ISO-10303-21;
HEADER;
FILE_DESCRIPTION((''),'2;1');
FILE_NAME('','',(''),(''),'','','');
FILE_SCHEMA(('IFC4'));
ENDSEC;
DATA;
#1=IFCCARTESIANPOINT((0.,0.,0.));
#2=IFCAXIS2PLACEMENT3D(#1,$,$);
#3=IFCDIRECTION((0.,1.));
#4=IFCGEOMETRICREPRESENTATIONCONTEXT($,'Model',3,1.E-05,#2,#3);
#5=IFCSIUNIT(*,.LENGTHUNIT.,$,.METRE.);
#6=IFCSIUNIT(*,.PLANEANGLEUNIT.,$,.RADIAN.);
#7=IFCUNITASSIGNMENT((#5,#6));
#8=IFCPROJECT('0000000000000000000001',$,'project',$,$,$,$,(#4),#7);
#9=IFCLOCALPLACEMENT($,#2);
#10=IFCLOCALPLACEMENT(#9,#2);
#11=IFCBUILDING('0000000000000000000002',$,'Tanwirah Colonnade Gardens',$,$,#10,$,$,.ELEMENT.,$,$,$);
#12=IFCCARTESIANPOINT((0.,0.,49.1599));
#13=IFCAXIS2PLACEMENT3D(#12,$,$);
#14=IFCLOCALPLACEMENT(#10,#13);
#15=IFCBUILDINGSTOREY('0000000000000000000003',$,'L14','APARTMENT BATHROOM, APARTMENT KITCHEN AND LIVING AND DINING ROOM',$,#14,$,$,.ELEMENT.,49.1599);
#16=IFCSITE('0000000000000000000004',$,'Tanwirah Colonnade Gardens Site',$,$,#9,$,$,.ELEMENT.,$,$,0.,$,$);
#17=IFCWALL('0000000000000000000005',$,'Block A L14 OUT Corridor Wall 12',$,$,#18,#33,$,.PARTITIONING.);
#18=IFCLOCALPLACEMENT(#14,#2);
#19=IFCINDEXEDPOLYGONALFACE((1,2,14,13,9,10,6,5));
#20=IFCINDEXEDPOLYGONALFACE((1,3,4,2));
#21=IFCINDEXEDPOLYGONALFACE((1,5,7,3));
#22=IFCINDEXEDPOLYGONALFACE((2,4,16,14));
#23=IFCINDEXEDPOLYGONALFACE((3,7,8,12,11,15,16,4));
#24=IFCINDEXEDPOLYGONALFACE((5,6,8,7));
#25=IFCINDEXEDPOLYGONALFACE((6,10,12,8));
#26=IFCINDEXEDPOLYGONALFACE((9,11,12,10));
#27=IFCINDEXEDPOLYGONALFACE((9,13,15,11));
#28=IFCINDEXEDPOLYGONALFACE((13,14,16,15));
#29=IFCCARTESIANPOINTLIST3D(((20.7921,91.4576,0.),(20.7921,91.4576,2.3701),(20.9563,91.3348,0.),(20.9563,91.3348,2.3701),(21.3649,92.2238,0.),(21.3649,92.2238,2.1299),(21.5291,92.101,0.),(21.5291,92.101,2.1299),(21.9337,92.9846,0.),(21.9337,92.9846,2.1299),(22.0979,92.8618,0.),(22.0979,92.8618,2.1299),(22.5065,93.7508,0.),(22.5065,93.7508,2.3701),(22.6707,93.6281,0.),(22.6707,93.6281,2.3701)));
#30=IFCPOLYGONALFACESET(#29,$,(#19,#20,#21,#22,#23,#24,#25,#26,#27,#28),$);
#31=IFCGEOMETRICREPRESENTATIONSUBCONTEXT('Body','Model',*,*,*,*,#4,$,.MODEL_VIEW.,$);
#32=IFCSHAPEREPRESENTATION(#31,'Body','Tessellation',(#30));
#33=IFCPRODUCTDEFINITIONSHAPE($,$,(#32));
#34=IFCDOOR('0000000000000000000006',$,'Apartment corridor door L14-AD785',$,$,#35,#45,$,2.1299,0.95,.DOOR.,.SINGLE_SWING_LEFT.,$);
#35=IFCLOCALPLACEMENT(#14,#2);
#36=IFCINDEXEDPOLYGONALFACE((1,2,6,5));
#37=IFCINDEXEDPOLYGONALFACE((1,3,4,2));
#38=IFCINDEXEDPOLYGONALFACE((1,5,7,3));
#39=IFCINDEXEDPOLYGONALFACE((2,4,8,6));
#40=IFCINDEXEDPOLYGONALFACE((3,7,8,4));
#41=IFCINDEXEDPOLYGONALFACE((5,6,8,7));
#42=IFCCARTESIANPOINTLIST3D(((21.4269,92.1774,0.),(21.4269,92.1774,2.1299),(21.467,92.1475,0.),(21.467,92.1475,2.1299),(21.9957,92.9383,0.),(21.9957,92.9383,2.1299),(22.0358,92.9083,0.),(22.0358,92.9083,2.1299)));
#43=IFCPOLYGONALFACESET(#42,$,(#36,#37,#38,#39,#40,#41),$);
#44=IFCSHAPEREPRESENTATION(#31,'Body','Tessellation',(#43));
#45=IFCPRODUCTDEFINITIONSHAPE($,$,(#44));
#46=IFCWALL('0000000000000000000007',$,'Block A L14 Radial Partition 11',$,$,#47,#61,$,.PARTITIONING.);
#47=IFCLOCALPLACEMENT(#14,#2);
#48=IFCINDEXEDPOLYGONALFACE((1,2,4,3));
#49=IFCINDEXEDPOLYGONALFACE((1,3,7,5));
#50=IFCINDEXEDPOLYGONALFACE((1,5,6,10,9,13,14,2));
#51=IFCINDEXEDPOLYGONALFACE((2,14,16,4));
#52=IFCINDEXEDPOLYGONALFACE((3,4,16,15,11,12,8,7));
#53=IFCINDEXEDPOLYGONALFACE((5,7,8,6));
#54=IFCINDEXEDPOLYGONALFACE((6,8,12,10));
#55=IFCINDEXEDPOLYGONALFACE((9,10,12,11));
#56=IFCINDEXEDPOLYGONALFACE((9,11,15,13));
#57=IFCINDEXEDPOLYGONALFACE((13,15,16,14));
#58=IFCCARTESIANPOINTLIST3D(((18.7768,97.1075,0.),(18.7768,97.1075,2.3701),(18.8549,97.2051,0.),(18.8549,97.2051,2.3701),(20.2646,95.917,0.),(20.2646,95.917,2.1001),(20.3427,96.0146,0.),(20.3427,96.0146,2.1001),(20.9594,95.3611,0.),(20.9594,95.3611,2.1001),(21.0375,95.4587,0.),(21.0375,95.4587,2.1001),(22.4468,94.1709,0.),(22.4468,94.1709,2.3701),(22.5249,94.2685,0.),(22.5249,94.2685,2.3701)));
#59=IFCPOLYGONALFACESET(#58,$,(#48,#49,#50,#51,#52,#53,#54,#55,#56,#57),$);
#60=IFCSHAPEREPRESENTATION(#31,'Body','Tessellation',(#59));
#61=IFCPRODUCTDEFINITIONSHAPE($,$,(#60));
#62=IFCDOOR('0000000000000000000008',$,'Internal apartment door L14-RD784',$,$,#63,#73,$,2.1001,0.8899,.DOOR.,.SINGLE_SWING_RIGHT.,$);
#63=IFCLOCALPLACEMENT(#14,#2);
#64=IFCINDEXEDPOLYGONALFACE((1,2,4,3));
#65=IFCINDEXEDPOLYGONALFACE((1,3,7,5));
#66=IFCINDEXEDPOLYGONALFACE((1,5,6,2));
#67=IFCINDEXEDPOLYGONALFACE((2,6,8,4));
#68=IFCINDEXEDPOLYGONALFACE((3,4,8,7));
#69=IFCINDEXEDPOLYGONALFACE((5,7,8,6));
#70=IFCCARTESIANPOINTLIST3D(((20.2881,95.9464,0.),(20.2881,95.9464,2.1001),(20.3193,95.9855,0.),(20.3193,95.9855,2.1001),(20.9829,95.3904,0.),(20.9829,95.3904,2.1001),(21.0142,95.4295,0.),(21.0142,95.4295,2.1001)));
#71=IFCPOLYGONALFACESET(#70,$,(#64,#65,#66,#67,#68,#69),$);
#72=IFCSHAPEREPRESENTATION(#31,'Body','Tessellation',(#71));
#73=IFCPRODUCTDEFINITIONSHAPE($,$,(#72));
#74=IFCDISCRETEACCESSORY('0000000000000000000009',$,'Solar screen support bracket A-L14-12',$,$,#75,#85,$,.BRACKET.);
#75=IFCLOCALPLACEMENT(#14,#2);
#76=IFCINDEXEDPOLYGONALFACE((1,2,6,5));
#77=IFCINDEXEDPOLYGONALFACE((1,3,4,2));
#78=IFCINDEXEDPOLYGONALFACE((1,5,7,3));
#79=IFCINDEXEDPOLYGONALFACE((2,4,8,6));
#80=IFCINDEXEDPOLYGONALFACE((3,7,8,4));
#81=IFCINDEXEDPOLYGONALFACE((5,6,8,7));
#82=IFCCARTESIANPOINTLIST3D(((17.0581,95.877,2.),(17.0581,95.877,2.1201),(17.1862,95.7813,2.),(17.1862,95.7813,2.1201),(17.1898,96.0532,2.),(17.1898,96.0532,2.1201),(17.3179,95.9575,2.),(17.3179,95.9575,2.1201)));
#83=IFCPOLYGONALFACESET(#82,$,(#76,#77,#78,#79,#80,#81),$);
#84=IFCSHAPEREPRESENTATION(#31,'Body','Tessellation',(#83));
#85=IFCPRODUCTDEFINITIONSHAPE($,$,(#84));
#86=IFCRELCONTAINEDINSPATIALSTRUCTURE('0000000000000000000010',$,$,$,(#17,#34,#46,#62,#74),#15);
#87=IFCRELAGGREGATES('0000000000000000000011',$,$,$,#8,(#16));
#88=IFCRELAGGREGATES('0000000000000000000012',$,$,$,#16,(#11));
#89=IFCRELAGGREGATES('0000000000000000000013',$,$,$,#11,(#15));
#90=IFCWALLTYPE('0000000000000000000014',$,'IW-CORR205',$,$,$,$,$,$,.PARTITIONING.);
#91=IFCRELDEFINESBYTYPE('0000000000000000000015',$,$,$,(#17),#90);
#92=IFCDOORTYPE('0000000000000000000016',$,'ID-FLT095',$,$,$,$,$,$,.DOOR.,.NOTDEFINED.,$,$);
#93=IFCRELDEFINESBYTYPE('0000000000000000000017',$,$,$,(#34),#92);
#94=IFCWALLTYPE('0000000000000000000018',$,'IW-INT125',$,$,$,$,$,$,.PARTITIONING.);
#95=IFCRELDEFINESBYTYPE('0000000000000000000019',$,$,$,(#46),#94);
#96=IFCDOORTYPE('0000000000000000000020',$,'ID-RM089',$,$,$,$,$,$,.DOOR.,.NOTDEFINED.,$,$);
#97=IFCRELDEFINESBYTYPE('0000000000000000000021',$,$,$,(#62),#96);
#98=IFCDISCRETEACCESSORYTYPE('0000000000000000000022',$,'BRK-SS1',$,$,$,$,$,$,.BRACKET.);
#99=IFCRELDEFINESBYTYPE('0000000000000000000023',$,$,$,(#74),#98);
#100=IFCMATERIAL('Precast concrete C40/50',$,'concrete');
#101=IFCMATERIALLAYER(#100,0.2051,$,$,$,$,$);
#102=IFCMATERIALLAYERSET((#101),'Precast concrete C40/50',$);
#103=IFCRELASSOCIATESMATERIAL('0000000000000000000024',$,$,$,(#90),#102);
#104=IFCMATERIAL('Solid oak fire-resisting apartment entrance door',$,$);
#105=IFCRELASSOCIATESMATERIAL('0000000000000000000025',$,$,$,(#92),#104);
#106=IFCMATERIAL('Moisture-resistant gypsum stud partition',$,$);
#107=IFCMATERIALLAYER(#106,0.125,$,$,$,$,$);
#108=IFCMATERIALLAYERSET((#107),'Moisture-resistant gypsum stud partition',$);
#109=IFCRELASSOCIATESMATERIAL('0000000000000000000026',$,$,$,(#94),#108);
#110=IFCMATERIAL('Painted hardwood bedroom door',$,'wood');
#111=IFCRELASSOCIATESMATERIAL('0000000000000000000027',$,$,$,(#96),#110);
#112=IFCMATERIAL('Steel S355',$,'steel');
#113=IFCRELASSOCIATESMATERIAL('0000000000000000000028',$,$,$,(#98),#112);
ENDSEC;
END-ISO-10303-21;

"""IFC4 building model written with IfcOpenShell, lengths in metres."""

from ifc_helpers import new_model, si_unit, direction, frame, frame_2d, origin, origin_2d, place, context, subcontext, project, spatial, rectangle, extrude, material, layer, layer_set, type_object, element, fill, save


model = new_model("IFC4")

# Units and contexts
model_context = context("Model", 3, precision=1e-05, world=origin(), true_north=direction((0.0, 1.0)))
body_context = subcontext(model_context, "Body", "Model", "MODEL_VIEW")
ifc_project = project(units=[si_unit("LENGTHUNIT", "METRE"), si_unit("PLANEANGLEUNIT", "RADIAN")], contexts=[model_context])

# Site, building, storey
site_placement = place(None, origin())
site = spatial("IfcSite", under=ifc_project, at=site_placement, Name="Tanwirah Colonnade Gardens Site", CompositionType="ELEMENT", RefElevation=0.0)
building_placement = place(site_placement, origin())
building = spatial("IfcBuilding", under=site, at=building_placement, Name="Tanwirah Colonnade Gardens", CompositionType="ELEMENT")
storey_placement = place(building_placement, frame((0.0, 0.0, 49.1599)))
storey = spatial("IfcBuildingStorey", under=building, at=storey_placement, Name="L14", Description="APARTMENT BATHROOM, APARTMENT KITCHEN AND LIVING AND DINING ROOM", CompositionType="ELEMENT", Elevation=49.1599)

# Shared definitions
ifc_material_1 = material(Name="Precast concrete C40/50", Category="concrete")

# Walls, openings, doors
ifc_layer_1 = layer(ifc_material_1, 0.2051)
ifc_layer_set_1 = layer_set([ifc_layer_1], Name="Precast concrete C40/50")
wall_type_1 = type_object("IfcWallType", Name="IW-CORR205", PredefinedType="PARTITIONING", material=ifc_layer_set_1)
wall_1_placement = place(storey_placement, frame((22.5886, 93.6895, 0.0), z_axis=(0.0, 0.0, 1.0), x_axis=(-0.598758, -0.80093, 0.0)))
wall_1 = element("IfcWall", 1, at=wall_1_placement, inside=storey, type_object=wall_type_1, Name="Block A L14 OUT Corridor Wall 12", PredefinedType="PARTITIONING", context=body_context, shape_type="SweptSolid", body=[
    extrude(rectangle(XDim=2.8633, YDim=0.2051, at=frame_2d((1.4316, 0.0))), origin(), (0.0, 0.0, 1.0), 2.3701),
])
opening_1_placement = place(wall_1_placement, frame((0.9565, 0.0, 0.0)))
opening_1 = element("IfcOpeningElement", 2, at=opening_1_placement, cuts=wall_1, PredefinedType="OPENING", context=body_context, shape_type="SweptSolid", body=[
    extrude(rectangle(XDim=0.95, YDim=2.1299, at=frame_2d((0.4751, 1.0649))), frame((0.0, 0.1125, 0.0), z_axis=(0.0, -1.0, 0.0), x_axis=(1.0, 0.0, 0.0)), (0.0, 0.0, 1.0), 0.2251),
])
ifc_material_2 = material(Name="Solid oak fire-resisting apartment entrance door")
door_type_1 = type_object("IfcDoorType", Name="ID-FLT095", OperationType="NOTDEFINED", PredefinedType="DOOR", material=ifc_material_2)
door_1_placement = place(opening_1_placement, origin())
door_1 = element("IfcDoor", 3, at=door_1_placement, inside=storey, type_object=door_type_1, Name="Apartment corridor door L14-AD785", OperationType="SINGLE_SWING_LEFT", OverallHeight=2.1299, OverallWidth=0.95, PredefinedType="DOOR", context=body_context, shape_type="SweptSolid", body=[
    extrude(rectangle(XDim=0.95, YDim=2.1299, at=frame_2d((0.4751, 1.0649))), frame((0.0, 0.0249, 0.0), z_axis=(0.0, -1.0, 0.0), x_axis=(1.0, 0.0, 0.0)), (0.0, 0.0, 1.0), 0.05),
])
fill(opening_1, door_1)
ifc_material_3 = material(Name="Moisture-resistant gypsum stud partition")
ifc_layer_2 = layer(ifc_material_3, 0.125)
ifc_layer_set_2 = layer_set([ifc_layer_2], Name="Moisture-resistant gypsum stud partition")
wall_type_2 = type_object("IfcWallType", Name="IW-INT125", PredefinedType="PARTITIONING", material=ifc_layer_set_2)
wall_2_placement = place(storey_placement, frame((22.4858, 94.2197, 0.0), z_axis=(0.0, 0.0, 1.0), x_axis=(-0.780808, 0.624771, 0.0)))
wall_2 = element("IfcWall", 4, at=wall_2_placement, inside=storey, type_object=wall_type_2, Name="Block A L14 Radial Partition 11", PredefinedType="PARTITIONING", context=body_context, shape_type="SweptSolid", body=[
    extrude(rectangle(XDim=4.7002, YDim=0.125, at=frame_2d((2.3501, 0.0))), origin(), (0.0, 0.0, 1.0), 2.3701),
])
opening_2_placement = place(wall_2_placement, frame((1.905, 0.0, 0.0)))
opening_2 = element("IfcOpeningElement", 5, at=opening_2_placement, cuts=wall_2, PredefinedType="OPENING", context=body_context, shape_type="SweptSolid", body=[
    extrude(rectangle(XDim=0.8899, YDim=2.1001, at=frame_2d((0.4448, 1.05))), frame((0.0, 0.0725, 0.0), z_axis=(0.0, -1.0, 0.0), x_axis=(1.0, 0.0, 0.0)), (0.0, 0.0, 1.0), 0.145),
])
ifc_material_4 = material(Name="Painted hardwood bedroom door", Category="wood")
door_type_2 = type_object("IfcDoorType", Name="ID-RM089", OperationType="NOTDEFINED", PredefinedType="DOOR", material=ifc_material_4)
door_2_placement = place(opening_2_placement, origin())
door_2 = element("IfcDoor", 6, at=door_2_placement, inside=storey, type_object=door_type_2, Name="Internal apartment door L14-RD784", OperationType="SINGLE_SWING_RIGHT", OverallHeight=2.1001, OverallWidth=0.8899, PredefinedType="DOOR", context=body_context, shape_type="SweptSolid", body=[
    extrude(rectangle(XDim=0.8899, YDim=2.1001, at=frame_2d((0.4448, 1.05))), frame((0.0, 0.0249, 0.0), z_axis=(0.0, -1.0, 0.0), x_axis=(1.0, 0.0, 0.0)), (0.0, 0.0, 1.0), 0.05),
])
fill(opening_2, door_2)

# Discrete accessory
ifc_material_5 = material(Name="Steel S355", Category="steel")
discrete_accessory_type = type_object("IfcDiscreteAccessoryType", Name="BRK-SS1", PredefinedType="BRACKET", material=ifc_material_5)
discrete_accessory_placement = place(storey_placement, frame((17.188, 95.9172, 2.0), z_axis=(0.0, 0.0, 1.0), x_axis=(-0.598712, -0.800965, 0.0)))
element("IfcDiscreteAccessory", 7, at=discrete_accessory_placement, inside=storey, type_object=discrete_accessory_type, Name="Solar screen support bracket A-L14-12", PredefinedType="BRACKET", context=body_context, shape_type="SweptSolid", body=[
    extrude(rectangle(XDim=0.22, YDim=0.1599, at=origin_2d()), origin(), (0.0, 0.0, 1.0), 0.1201),
])

save(model, "model.ifc")
